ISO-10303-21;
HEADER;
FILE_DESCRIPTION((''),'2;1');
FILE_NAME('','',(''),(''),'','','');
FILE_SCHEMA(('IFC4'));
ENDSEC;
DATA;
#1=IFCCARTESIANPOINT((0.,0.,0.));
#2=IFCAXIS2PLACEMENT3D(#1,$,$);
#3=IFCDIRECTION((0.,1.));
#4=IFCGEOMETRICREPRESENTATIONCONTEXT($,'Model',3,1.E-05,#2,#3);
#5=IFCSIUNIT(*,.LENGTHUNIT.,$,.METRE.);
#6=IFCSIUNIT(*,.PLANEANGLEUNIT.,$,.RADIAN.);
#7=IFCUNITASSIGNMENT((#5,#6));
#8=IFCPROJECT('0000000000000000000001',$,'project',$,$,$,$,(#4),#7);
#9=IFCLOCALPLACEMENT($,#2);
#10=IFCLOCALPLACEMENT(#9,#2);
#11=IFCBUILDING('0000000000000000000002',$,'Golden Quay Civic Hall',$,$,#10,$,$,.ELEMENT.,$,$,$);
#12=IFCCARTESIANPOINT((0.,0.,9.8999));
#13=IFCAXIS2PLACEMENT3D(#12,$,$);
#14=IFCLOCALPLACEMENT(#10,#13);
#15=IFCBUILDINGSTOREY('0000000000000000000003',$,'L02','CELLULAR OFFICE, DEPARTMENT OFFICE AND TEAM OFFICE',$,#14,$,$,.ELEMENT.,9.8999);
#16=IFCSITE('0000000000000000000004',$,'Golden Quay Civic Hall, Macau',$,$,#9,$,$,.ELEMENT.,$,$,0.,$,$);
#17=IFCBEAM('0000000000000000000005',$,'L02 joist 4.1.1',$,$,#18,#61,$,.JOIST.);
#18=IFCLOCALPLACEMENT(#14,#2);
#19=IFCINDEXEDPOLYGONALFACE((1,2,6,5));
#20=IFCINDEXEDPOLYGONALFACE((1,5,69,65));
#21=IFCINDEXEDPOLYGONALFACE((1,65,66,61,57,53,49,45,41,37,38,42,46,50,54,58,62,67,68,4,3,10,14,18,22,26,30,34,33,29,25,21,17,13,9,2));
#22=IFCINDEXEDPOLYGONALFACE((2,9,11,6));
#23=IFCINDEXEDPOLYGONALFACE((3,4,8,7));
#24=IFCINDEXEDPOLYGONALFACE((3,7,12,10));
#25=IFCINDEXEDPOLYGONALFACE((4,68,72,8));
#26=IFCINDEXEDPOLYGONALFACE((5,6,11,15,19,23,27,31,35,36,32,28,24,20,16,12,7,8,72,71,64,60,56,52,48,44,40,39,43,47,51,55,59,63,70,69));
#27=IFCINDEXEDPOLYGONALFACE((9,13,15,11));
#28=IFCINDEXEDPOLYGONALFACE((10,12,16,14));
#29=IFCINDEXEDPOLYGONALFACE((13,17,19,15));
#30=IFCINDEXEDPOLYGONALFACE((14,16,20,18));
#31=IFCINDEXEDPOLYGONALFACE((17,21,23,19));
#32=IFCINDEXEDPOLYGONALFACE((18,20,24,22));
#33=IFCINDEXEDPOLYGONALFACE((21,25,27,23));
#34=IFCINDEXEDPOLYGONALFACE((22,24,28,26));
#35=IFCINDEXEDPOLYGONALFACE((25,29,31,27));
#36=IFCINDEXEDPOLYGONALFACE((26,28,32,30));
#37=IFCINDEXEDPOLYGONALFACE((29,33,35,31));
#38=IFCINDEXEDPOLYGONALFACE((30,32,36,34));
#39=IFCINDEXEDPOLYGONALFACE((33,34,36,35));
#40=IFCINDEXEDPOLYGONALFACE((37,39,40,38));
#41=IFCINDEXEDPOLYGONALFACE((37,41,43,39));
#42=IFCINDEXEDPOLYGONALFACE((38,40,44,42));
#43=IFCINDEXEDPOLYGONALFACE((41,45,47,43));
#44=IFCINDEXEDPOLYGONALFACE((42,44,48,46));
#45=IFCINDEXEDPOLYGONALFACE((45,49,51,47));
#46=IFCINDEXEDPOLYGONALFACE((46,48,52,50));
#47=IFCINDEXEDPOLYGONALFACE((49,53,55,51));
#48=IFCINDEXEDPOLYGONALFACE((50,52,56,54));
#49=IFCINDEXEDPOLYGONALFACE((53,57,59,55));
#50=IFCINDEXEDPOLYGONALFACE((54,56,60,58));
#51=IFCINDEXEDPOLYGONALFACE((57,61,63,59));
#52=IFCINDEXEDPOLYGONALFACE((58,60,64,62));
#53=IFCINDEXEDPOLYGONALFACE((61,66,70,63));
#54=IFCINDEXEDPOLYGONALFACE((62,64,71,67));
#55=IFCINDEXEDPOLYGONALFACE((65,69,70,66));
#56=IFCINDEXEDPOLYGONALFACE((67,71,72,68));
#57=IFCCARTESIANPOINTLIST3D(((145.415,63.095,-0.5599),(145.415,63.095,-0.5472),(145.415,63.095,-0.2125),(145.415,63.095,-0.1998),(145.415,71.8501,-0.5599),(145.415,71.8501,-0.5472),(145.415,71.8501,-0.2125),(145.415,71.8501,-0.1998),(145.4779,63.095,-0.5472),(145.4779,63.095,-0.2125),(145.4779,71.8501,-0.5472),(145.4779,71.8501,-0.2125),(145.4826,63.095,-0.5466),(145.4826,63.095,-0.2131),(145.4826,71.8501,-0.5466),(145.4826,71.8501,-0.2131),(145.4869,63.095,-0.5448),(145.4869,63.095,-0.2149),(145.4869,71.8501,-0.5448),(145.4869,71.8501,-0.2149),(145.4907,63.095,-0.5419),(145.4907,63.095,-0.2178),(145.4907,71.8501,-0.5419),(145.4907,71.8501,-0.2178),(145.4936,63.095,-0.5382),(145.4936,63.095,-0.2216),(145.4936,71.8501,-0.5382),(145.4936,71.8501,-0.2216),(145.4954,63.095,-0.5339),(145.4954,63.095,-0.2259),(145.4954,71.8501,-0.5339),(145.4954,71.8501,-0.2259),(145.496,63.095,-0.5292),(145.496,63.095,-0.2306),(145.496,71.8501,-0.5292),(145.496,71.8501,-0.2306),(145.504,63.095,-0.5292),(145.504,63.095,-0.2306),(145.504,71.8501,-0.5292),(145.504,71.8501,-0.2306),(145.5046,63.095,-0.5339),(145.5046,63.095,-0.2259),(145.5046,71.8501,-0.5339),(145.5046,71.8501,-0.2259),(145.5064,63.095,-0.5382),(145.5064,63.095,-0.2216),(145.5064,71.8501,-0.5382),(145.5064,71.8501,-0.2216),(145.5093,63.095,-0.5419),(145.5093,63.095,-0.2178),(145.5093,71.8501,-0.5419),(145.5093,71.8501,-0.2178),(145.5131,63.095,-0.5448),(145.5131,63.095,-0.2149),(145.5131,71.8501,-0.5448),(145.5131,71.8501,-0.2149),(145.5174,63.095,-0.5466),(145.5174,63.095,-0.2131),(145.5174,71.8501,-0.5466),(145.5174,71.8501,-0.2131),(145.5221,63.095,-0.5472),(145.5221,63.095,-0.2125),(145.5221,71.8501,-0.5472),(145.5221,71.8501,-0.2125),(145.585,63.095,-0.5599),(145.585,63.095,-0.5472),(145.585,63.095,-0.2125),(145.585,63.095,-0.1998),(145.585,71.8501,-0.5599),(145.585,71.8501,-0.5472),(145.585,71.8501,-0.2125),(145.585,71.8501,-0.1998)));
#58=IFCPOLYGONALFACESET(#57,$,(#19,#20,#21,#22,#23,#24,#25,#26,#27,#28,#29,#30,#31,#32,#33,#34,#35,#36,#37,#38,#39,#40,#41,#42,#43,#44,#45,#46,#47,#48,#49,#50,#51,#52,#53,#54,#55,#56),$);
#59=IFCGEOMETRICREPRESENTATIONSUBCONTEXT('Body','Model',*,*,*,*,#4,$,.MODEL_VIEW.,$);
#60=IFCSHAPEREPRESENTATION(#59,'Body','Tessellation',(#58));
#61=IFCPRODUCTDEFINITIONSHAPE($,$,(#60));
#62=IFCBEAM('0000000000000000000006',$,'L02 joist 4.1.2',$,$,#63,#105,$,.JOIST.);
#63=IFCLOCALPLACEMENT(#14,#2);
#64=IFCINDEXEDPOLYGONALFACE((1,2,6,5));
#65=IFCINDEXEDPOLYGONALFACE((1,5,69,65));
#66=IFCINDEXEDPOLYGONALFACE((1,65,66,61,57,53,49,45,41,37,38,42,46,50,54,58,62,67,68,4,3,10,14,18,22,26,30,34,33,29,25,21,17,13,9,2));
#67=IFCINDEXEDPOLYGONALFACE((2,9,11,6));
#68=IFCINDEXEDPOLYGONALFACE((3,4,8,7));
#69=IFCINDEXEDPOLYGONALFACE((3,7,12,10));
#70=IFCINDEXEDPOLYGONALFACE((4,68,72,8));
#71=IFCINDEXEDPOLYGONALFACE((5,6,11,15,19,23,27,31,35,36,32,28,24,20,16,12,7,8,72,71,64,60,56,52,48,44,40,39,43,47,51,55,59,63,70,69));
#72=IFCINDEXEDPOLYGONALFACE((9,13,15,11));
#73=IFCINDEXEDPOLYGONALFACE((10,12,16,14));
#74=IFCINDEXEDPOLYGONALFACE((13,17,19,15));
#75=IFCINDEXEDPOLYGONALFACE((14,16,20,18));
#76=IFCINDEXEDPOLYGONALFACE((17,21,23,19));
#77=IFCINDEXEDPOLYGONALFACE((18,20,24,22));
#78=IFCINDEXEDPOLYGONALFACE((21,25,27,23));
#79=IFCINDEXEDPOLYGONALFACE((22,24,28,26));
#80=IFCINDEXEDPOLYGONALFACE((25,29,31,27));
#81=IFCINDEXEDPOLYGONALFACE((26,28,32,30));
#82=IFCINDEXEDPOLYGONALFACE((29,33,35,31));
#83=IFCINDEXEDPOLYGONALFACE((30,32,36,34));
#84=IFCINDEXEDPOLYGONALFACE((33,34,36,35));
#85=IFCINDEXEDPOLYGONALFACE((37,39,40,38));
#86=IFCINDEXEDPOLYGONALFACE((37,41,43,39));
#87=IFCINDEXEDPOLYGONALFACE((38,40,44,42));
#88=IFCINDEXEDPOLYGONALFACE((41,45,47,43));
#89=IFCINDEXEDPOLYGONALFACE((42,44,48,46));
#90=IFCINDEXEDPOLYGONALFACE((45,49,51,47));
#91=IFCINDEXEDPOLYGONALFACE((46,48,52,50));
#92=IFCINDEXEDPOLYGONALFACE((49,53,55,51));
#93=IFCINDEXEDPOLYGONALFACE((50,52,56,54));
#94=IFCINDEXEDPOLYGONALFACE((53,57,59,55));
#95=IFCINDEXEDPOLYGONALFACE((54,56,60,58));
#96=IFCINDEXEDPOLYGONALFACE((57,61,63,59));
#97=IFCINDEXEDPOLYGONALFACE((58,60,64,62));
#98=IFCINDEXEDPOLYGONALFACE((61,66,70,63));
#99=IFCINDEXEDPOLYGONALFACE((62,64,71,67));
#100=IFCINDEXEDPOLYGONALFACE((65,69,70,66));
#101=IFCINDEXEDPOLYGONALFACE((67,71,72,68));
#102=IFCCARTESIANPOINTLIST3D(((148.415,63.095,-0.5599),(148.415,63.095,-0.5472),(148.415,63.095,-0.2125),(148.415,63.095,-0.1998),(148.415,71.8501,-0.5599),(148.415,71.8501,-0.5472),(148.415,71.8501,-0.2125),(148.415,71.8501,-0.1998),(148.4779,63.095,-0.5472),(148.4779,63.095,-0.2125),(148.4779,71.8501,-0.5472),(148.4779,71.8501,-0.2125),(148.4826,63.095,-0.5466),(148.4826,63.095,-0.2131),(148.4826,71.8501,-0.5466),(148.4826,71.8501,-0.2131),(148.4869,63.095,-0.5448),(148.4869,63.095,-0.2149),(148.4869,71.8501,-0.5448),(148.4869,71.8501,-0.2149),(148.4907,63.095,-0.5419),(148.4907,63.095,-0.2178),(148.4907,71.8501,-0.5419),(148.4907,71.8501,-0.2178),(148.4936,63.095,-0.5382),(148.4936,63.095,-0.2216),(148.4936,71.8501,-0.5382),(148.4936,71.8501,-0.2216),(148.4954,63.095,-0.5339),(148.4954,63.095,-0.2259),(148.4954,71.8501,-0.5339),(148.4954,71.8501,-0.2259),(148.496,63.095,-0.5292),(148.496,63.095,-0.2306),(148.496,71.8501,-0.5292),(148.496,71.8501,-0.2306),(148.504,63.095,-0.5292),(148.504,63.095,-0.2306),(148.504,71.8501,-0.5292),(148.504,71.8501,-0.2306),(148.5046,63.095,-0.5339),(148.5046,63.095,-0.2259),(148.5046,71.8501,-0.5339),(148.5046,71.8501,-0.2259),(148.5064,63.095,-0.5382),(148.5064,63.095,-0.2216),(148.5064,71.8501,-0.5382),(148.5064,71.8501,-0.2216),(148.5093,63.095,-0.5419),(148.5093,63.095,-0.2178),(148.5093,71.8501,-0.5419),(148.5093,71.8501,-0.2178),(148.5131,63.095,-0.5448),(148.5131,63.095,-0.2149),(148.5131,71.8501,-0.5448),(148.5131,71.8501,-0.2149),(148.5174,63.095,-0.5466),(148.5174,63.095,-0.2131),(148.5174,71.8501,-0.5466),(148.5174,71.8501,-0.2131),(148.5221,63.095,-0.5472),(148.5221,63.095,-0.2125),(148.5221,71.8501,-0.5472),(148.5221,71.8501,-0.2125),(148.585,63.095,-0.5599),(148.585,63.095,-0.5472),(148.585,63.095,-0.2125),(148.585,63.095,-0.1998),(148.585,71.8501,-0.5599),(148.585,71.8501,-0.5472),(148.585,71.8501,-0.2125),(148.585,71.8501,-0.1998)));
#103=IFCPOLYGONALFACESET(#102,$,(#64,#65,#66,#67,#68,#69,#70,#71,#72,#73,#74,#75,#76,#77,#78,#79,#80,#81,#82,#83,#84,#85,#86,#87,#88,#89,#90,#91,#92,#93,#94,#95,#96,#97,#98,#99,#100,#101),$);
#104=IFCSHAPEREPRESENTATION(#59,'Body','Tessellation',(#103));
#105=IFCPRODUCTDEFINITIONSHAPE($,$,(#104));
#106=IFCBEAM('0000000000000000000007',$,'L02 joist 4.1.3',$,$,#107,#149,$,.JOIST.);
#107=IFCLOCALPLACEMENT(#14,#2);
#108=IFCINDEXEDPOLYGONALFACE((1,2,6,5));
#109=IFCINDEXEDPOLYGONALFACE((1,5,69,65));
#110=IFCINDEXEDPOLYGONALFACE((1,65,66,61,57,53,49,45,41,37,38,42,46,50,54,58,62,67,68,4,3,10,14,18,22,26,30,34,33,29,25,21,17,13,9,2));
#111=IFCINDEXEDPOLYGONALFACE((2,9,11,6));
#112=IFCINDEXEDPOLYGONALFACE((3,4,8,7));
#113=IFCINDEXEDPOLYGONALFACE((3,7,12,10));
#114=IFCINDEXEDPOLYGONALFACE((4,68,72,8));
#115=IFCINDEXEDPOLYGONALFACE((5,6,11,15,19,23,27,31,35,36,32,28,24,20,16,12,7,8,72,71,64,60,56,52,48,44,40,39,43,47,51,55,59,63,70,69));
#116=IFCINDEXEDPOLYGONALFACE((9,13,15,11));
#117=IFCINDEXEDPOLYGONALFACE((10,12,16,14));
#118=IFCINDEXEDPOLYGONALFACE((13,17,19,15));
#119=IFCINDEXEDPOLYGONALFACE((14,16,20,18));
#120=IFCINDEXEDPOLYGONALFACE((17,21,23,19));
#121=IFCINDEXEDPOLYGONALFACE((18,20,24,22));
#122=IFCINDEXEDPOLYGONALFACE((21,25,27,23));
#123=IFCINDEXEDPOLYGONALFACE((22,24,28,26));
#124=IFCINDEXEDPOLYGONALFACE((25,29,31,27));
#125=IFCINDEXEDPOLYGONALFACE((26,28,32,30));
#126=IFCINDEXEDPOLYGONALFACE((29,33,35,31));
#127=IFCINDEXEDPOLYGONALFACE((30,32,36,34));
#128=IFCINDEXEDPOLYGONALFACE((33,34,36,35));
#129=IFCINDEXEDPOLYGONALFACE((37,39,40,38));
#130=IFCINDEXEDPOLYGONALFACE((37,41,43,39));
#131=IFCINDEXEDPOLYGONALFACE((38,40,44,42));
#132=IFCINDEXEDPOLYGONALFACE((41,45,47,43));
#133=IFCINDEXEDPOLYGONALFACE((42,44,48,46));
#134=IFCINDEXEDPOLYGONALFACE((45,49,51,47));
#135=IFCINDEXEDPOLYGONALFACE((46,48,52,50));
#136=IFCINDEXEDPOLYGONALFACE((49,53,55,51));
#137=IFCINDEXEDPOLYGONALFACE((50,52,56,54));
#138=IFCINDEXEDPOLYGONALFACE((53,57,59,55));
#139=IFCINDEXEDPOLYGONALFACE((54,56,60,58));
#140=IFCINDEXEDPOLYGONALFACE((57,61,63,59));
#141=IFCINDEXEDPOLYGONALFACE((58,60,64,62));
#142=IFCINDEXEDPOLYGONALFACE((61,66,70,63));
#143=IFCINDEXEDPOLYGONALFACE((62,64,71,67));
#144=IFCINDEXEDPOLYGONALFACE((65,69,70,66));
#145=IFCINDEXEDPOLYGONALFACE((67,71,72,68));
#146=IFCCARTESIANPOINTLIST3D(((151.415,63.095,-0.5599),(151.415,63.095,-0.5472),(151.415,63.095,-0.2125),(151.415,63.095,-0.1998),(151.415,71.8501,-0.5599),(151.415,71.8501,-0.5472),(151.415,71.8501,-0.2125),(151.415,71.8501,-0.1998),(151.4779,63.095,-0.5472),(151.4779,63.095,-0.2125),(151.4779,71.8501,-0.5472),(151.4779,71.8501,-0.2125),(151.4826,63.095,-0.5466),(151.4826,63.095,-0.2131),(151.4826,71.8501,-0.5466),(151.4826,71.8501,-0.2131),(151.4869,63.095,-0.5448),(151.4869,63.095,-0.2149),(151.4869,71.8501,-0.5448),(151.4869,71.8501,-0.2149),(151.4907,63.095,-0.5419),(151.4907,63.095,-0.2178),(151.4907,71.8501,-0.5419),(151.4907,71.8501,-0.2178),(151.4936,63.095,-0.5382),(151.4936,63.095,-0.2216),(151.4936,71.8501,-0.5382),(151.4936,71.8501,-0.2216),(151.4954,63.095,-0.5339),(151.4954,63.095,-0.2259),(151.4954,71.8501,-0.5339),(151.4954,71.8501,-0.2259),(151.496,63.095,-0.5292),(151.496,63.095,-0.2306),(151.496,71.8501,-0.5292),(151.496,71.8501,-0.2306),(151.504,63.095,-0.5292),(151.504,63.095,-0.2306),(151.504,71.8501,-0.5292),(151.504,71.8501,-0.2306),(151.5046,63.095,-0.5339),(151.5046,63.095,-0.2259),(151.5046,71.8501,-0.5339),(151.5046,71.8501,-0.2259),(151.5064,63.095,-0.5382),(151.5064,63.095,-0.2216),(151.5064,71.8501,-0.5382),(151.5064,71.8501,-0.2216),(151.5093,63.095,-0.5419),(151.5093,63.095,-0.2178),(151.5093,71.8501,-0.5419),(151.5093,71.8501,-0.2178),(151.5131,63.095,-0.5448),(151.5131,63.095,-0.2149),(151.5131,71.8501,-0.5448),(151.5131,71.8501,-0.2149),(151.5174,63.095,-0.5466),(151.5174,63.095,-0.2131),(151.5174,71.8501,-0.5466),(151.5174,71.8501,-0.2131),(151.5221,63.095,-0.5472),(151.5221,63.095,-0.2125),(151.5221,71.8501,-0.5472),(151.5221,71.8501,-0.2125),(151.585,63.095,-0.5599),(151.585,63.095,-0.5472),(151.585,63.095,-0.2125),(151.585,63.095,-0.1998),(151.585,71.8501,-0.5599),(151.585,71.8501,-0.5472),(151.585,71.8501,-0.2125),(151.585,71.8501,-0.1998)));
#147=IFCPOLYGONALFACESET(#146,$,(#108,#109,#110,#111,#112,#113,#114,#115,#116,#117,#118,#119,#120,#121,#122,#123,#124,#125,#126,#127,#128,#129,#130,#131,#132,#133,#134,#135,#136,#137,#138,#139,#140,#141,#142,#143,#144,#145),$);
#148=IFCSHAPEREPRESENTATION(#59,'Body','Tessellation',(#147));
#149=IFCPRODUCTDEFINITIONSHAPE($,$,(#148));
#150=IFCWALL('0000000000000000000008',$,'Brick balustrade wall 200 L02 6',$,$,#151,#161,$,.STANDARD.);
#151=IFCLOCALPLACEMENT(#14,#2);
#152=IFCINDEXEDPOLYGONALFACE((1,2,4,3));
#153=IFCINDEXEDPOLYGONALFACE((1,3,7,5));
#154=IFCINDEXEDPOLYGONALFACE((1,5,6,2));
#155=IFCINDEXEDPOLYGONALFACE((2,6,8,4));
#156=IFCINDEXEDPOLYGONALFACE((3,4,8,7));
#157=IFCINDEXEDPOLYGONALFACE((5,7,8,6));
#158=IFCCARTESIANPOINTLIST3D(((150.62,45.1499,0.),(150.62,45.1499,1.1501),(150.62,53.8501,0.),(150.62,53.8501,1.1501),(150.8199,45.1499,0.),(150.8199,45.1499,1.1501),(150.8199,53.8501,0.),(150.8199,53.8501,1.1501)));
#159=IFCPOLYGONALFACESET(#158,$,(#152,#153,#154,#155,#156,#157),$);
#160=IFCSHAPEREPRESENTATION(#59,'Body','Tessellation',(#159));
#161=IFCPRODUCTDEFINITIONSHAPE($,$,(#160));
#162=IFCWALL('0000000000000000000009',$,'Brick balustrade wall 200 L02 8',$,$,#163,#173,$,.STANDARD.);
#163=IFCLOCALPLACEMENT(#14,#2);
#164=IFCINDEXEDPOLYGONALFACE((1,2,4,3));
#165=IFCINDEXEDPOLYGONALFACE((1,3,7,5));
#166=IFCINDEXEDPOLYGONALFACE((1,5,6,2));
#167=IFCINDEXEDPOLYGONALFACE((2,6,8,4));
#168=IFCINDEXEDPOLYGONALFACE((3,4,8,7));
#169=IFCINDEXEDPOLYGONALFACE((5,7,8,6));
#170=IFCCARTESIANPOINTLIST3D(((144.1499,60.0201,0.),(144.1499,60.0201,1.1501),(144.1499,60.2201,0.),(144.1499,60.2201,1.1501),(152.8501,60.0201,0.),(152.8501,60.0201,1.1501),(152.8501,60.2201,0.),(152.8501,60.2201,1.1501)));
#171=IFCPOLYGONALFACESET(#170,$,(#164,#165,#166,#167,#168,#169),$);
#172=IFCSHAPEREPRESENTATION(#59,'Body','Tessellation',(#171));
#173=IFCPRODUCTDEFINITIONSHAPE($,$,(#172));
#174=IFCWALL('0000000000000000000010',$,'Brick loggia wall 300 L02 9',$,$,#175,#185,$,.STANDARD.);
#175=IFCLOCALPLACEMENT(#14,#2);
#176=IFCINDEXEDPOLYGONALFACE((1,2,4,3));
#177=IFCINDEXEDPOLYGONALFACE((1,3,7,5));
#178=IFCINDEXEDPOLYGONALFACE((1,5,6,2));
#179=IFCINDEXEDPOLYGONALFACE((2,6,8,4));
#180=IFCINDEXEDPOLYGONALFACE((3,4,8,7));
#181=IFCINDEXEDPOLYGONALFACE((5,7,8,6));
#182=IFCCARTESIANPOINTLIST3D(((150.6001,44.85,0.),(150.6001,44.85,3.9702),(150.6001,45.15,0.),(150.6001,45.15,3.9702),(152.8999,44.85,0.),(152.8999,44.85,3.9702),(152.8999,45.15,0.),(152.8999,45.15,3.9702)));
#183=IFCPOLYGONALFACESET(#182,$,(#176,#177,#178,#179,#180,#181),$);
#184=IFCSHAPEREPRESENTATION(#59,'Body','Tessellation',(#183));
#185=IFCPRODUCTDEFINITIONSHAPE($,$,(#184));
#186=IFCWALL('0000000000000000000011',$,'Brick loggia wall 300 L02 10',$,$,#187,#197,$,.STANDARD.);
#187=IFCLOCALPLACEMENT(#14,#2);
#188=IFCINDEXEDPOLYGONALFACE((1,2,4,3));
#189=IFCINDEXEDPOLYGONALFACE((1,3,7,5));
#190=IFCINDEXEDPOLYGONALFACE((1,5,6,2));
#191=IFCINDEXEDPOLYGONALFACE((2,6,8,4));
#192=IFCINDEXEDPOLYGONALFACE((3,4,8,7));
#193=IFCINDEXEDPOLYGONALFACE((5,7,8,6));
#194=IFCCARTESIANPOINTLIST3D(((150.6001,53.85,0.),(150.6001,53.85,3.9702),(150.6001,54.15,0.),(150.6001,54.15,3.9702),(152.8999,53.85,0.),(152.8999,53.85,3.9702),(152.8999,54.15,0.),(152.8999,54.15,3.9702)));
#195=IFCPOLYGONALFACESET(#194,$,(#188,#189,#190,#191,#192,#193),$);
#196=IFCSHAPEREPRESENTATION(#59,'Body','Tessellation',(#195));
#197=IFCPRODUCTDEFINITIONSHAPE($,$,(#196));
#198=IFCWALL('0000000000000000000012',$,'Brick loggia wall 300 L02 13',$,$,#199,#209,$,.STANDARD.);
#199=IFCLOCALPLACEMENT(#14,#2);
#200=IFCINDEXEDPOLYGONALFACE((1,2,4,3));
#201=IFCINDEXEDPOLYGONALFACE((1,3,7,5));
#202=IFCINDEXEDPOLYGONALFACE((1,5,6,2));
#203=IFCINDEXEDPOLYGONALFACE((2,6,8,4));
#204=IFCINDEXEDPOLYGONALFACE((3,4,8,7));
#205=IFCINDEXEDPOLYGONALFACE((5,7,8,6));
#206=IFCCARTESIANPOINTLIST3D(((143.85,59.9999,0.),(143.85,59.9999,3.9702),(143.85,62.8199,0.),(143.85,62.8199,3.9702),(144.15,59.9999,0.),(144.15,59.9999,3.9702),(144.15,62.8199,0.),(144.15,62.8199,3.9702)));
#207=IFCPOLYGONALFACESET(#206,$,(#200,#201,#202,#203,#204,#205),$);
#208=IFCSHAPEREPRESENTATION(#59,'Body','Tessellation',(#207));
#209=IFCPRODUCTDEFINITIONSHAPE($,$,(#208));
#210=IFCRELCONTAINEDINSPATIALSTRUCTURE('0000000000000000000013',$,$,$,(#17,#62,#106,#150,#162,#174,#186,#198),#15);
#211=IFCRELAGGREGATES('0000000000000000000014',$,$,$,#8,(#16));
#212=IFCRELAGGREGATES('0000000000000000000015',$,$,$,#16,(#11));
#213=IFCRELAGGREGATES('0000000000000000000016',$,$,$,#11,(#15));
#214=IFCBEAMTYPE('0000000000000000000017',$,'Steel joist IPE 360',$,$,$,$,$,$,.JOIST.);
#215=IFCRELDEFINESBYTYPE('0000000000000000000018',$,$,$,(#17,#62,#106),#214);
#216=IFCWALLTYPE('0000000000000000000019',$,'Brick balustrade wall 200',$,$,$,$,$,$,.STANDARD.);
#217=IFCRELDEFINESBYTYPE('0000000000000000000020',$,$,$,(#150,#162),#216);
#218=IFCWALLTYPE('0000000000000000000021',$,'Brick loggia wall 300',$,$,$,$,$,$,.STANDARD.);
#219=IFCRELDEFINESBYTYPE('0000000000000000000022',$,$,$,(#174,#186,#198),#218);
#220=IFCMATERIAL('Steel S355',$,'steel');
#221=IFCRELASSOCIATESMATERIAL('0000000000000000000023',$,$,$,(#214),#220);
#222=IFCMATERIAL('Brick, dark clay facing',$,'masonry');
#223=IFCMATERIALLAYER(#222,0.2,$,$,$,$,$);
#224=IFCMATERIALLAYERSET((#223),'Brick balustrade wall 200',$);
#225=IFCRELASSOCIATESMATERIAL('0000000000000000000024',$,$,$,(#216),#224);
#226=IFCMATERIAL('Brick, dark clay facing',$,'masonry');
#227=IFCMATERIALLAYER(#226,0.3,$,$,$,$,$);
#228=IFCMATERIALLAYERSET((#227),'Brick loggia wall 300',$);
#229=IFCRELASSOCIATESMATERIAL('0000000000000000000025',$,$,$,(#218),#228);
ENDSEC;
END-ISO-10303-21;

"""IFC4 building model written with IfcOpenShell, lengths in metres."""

from ifc_helpers import new_model, si_unit, direction, frame, frame_2d, origin, origin_2d, place, context, subcontext, project, spatial, rectangle, i_section, extrude, material, layer, layer_set, material_profile, profile_set, type_object, element, save


model = new_model("IFC4")

# Units and contexts
model_context = context("Model", 3, precision=1e-05, world=origin(), true_north=direction((0.0, 1.0)))
body_context = subcontext(model_context, "Body", "Model", "MODEL_VIEW")
ifc_project = project(units=[si_unit("LENGTHUNIT", "METRE"), si_unit("PLANEANGLEUNIT", "RADIAN")], contexts=[model_context])

# Site, building, storey
site_placement = place(None, origin())
site = spatial("IfcSite", under=ifc_project, at=site_placement, Name="Golden Quay Civic Hall, Macau", CompositionType="ELEMENT", RefElevation=0.0)
building_placement = place(site_placement, origin())
building = spatial("IfcBuilding", under=site, at=building_placement, Name="Golden Quay Civic Hall", CompositionType="ELEMENT")
storey_placement = place(building_placement, frame((0.0, 0.0, 9.8999)))
storey = spatial("IfcBuildingStorey", under=building, at=storey_placement, Name="L02", Description="CELLULAR OFFICE, DEPARTMENT OFFICE AND TEAM OFFICE", CompositionType="ELEMENT", Elevation=9.8999)

# Beams
ifc_material_1 = material(Name="Steel S355", Category="steel")
ifc_material_profile_1 = material_profile(ifc_material_1, i_section(OverallWidth=0.1699, OverallDepth=0.3601, WebThickness=0.0081, FlangeThickness=0.0127, FilletRadius=0.0181, at=origin_2d()), Name="IPE 360")
ifc_profile_set_1 = profile_set([ifc_material_profile_1], Name="Steel S355")
beam_type_1 = type_object("IfcBeamType", Name="Steel joist IPE 360", PredefinedType="JOIST", material=ifc_profile_set_1)
for number, where, z_axis, x_axis, name in (
    (1, (145.5, 63.095, -0.3799), (0.0, 1.0, 0.0), (-1.0, 0.0, 0.0), "L02 joist 4.1.1"),
    (2, (148.5, 63.095, -0.3799), (0.0, 1.0, 0.0), (-1.0, 0.0, 0.0), "L02 joist 4.1.2"),
    (3, (151.5, 63.095, -0.3799), (0.0, 1.0, 0.0), (-1.0, 0.0, 0.0), "L02 joist 4.1.3"),
):
    element("IfcBeam", number, at=place(storey_placement, frame(where, z_axis=z_axis, x_axis=x_axis)), inside=storey, type_object=beam_type_1, Name=name, PredefinedType="JOIST", context=body_context, shape_type="SweptSolid", body=[
        extrude(i_section(OverallWidth=0.1699, OverallDepth=0.3601, WebThickness=0.0081, FlangeThickness=0.0127, FilletRadius=0.0181, at=origin_2d()), origin(), (0.0, 0.0, 1.0), 8.7551),
    ])

# Walls
ifc_material_2 = material(Name="Brick, dark clay facing", Category="masonry")
ifc_layer_1 = layer(ifc_material_2, 0.2)
ifc_layer_set_1 = layer_set([ifc_layer_1], Name="Brick balustrade wall 200")
wall_type_1 = type_object("IfcWallType", Name="Brick balustrade wall 200", PredefinedType="STANDARD", material=ifc_layer_set_1)
for number, where, z_axis, x_axis, name in (
    (4, (150.72, 45.1499, 0.0), (0.0, 0.0, 1.0), (0.0, 1.0, 0.0), "Brick balustrade wall 200 L02 6"),
    (5, (144.1499, 60.1201, 0.0), (0.0, 0.0, 1.0), (1.0, 0.0, 0.0), "Brick balustrade wall 200 L02 8"),
):
    element("IfcWall", number, at=place(storey_placement, frame(where, z_axis=z_axis, x_axis=x_axis)), inside=storey, type_object=wall_type_1, Name=name, PredefinedType="STANDARD", context=body_context, shape_type="SweptSolid", body=[
        extrude(rectangle(XDim=8.7002, YDim=0.2, at=frame_2d((4.3501, 0.0))), origin(), (0.0, 0.0, 1.0), 1.1501),
    ])

# Walls
ifc_material_3 = material(Name="Brick, dark clay facing", Category="masonry")
ifc_layer_2 = layer(ifc_material_3, 0.3)
ifc_layer_set_2 = layer_set([ifc_layer_2], Name="Brick loggia wall 300")
wall_type_2 = type_object("IfcWallType", Name="Brick loggia wall 300", PredefinedType="STANDARD", material=ifc_layer_set_2)
for number, where, z_axis, x_axis, name in (
    (6, (152.8999, 45.0, 0.0), (0.0, 0.0, 1.0), (-1.0, 0.0, 0.0), "Brick loggia wall 300 L02 9"),
    (7, (152.8999, 54.0, 0.0), (0.0, 0.0, 1.0), (-1.0, 0.0, 0.0), "Brick loggia wall 300 L02 10"),
):
    element("IfcWall", number, at=place(storey_placement, frame(where, z_axis=z_axis, x_axis=x_axis)), inside=storey, type_object=wall_type_2, Name=name, PredefinedType="STANDARD", context=body_context, shape_type="SweptSolid", body=[
        extrude(rectangle(XDim=2.2998, YDim=0.3, at=frame_2d((1.1499, 0.0))), origin(), (0.0, 0.0, 1.0), 3.9702),
    ])
wall_1_placement = place(storey_placement, frame((144.0, 62.8201, 0.0), z_axis=(0.0, 0.0, 1.0), x_axis=(0.0, -1.0, 0.0)))
element("IfcWall", 8, at=wall_1_placement, inside=storey, type_object=wall_type_2, Name="Brick loggia wall 300 L02 13", PredefinedType="STANDARD", context=body_context, shape_type="SweptSolid", body=[
    extrude(rectangle(XDim=2.8201, YDim=0.3, at=frame_2d((1.4102, 0.0))), origin(), (0.0, 0.0, 1.0), 3.9702),
])

save(model, "model.ifc")
